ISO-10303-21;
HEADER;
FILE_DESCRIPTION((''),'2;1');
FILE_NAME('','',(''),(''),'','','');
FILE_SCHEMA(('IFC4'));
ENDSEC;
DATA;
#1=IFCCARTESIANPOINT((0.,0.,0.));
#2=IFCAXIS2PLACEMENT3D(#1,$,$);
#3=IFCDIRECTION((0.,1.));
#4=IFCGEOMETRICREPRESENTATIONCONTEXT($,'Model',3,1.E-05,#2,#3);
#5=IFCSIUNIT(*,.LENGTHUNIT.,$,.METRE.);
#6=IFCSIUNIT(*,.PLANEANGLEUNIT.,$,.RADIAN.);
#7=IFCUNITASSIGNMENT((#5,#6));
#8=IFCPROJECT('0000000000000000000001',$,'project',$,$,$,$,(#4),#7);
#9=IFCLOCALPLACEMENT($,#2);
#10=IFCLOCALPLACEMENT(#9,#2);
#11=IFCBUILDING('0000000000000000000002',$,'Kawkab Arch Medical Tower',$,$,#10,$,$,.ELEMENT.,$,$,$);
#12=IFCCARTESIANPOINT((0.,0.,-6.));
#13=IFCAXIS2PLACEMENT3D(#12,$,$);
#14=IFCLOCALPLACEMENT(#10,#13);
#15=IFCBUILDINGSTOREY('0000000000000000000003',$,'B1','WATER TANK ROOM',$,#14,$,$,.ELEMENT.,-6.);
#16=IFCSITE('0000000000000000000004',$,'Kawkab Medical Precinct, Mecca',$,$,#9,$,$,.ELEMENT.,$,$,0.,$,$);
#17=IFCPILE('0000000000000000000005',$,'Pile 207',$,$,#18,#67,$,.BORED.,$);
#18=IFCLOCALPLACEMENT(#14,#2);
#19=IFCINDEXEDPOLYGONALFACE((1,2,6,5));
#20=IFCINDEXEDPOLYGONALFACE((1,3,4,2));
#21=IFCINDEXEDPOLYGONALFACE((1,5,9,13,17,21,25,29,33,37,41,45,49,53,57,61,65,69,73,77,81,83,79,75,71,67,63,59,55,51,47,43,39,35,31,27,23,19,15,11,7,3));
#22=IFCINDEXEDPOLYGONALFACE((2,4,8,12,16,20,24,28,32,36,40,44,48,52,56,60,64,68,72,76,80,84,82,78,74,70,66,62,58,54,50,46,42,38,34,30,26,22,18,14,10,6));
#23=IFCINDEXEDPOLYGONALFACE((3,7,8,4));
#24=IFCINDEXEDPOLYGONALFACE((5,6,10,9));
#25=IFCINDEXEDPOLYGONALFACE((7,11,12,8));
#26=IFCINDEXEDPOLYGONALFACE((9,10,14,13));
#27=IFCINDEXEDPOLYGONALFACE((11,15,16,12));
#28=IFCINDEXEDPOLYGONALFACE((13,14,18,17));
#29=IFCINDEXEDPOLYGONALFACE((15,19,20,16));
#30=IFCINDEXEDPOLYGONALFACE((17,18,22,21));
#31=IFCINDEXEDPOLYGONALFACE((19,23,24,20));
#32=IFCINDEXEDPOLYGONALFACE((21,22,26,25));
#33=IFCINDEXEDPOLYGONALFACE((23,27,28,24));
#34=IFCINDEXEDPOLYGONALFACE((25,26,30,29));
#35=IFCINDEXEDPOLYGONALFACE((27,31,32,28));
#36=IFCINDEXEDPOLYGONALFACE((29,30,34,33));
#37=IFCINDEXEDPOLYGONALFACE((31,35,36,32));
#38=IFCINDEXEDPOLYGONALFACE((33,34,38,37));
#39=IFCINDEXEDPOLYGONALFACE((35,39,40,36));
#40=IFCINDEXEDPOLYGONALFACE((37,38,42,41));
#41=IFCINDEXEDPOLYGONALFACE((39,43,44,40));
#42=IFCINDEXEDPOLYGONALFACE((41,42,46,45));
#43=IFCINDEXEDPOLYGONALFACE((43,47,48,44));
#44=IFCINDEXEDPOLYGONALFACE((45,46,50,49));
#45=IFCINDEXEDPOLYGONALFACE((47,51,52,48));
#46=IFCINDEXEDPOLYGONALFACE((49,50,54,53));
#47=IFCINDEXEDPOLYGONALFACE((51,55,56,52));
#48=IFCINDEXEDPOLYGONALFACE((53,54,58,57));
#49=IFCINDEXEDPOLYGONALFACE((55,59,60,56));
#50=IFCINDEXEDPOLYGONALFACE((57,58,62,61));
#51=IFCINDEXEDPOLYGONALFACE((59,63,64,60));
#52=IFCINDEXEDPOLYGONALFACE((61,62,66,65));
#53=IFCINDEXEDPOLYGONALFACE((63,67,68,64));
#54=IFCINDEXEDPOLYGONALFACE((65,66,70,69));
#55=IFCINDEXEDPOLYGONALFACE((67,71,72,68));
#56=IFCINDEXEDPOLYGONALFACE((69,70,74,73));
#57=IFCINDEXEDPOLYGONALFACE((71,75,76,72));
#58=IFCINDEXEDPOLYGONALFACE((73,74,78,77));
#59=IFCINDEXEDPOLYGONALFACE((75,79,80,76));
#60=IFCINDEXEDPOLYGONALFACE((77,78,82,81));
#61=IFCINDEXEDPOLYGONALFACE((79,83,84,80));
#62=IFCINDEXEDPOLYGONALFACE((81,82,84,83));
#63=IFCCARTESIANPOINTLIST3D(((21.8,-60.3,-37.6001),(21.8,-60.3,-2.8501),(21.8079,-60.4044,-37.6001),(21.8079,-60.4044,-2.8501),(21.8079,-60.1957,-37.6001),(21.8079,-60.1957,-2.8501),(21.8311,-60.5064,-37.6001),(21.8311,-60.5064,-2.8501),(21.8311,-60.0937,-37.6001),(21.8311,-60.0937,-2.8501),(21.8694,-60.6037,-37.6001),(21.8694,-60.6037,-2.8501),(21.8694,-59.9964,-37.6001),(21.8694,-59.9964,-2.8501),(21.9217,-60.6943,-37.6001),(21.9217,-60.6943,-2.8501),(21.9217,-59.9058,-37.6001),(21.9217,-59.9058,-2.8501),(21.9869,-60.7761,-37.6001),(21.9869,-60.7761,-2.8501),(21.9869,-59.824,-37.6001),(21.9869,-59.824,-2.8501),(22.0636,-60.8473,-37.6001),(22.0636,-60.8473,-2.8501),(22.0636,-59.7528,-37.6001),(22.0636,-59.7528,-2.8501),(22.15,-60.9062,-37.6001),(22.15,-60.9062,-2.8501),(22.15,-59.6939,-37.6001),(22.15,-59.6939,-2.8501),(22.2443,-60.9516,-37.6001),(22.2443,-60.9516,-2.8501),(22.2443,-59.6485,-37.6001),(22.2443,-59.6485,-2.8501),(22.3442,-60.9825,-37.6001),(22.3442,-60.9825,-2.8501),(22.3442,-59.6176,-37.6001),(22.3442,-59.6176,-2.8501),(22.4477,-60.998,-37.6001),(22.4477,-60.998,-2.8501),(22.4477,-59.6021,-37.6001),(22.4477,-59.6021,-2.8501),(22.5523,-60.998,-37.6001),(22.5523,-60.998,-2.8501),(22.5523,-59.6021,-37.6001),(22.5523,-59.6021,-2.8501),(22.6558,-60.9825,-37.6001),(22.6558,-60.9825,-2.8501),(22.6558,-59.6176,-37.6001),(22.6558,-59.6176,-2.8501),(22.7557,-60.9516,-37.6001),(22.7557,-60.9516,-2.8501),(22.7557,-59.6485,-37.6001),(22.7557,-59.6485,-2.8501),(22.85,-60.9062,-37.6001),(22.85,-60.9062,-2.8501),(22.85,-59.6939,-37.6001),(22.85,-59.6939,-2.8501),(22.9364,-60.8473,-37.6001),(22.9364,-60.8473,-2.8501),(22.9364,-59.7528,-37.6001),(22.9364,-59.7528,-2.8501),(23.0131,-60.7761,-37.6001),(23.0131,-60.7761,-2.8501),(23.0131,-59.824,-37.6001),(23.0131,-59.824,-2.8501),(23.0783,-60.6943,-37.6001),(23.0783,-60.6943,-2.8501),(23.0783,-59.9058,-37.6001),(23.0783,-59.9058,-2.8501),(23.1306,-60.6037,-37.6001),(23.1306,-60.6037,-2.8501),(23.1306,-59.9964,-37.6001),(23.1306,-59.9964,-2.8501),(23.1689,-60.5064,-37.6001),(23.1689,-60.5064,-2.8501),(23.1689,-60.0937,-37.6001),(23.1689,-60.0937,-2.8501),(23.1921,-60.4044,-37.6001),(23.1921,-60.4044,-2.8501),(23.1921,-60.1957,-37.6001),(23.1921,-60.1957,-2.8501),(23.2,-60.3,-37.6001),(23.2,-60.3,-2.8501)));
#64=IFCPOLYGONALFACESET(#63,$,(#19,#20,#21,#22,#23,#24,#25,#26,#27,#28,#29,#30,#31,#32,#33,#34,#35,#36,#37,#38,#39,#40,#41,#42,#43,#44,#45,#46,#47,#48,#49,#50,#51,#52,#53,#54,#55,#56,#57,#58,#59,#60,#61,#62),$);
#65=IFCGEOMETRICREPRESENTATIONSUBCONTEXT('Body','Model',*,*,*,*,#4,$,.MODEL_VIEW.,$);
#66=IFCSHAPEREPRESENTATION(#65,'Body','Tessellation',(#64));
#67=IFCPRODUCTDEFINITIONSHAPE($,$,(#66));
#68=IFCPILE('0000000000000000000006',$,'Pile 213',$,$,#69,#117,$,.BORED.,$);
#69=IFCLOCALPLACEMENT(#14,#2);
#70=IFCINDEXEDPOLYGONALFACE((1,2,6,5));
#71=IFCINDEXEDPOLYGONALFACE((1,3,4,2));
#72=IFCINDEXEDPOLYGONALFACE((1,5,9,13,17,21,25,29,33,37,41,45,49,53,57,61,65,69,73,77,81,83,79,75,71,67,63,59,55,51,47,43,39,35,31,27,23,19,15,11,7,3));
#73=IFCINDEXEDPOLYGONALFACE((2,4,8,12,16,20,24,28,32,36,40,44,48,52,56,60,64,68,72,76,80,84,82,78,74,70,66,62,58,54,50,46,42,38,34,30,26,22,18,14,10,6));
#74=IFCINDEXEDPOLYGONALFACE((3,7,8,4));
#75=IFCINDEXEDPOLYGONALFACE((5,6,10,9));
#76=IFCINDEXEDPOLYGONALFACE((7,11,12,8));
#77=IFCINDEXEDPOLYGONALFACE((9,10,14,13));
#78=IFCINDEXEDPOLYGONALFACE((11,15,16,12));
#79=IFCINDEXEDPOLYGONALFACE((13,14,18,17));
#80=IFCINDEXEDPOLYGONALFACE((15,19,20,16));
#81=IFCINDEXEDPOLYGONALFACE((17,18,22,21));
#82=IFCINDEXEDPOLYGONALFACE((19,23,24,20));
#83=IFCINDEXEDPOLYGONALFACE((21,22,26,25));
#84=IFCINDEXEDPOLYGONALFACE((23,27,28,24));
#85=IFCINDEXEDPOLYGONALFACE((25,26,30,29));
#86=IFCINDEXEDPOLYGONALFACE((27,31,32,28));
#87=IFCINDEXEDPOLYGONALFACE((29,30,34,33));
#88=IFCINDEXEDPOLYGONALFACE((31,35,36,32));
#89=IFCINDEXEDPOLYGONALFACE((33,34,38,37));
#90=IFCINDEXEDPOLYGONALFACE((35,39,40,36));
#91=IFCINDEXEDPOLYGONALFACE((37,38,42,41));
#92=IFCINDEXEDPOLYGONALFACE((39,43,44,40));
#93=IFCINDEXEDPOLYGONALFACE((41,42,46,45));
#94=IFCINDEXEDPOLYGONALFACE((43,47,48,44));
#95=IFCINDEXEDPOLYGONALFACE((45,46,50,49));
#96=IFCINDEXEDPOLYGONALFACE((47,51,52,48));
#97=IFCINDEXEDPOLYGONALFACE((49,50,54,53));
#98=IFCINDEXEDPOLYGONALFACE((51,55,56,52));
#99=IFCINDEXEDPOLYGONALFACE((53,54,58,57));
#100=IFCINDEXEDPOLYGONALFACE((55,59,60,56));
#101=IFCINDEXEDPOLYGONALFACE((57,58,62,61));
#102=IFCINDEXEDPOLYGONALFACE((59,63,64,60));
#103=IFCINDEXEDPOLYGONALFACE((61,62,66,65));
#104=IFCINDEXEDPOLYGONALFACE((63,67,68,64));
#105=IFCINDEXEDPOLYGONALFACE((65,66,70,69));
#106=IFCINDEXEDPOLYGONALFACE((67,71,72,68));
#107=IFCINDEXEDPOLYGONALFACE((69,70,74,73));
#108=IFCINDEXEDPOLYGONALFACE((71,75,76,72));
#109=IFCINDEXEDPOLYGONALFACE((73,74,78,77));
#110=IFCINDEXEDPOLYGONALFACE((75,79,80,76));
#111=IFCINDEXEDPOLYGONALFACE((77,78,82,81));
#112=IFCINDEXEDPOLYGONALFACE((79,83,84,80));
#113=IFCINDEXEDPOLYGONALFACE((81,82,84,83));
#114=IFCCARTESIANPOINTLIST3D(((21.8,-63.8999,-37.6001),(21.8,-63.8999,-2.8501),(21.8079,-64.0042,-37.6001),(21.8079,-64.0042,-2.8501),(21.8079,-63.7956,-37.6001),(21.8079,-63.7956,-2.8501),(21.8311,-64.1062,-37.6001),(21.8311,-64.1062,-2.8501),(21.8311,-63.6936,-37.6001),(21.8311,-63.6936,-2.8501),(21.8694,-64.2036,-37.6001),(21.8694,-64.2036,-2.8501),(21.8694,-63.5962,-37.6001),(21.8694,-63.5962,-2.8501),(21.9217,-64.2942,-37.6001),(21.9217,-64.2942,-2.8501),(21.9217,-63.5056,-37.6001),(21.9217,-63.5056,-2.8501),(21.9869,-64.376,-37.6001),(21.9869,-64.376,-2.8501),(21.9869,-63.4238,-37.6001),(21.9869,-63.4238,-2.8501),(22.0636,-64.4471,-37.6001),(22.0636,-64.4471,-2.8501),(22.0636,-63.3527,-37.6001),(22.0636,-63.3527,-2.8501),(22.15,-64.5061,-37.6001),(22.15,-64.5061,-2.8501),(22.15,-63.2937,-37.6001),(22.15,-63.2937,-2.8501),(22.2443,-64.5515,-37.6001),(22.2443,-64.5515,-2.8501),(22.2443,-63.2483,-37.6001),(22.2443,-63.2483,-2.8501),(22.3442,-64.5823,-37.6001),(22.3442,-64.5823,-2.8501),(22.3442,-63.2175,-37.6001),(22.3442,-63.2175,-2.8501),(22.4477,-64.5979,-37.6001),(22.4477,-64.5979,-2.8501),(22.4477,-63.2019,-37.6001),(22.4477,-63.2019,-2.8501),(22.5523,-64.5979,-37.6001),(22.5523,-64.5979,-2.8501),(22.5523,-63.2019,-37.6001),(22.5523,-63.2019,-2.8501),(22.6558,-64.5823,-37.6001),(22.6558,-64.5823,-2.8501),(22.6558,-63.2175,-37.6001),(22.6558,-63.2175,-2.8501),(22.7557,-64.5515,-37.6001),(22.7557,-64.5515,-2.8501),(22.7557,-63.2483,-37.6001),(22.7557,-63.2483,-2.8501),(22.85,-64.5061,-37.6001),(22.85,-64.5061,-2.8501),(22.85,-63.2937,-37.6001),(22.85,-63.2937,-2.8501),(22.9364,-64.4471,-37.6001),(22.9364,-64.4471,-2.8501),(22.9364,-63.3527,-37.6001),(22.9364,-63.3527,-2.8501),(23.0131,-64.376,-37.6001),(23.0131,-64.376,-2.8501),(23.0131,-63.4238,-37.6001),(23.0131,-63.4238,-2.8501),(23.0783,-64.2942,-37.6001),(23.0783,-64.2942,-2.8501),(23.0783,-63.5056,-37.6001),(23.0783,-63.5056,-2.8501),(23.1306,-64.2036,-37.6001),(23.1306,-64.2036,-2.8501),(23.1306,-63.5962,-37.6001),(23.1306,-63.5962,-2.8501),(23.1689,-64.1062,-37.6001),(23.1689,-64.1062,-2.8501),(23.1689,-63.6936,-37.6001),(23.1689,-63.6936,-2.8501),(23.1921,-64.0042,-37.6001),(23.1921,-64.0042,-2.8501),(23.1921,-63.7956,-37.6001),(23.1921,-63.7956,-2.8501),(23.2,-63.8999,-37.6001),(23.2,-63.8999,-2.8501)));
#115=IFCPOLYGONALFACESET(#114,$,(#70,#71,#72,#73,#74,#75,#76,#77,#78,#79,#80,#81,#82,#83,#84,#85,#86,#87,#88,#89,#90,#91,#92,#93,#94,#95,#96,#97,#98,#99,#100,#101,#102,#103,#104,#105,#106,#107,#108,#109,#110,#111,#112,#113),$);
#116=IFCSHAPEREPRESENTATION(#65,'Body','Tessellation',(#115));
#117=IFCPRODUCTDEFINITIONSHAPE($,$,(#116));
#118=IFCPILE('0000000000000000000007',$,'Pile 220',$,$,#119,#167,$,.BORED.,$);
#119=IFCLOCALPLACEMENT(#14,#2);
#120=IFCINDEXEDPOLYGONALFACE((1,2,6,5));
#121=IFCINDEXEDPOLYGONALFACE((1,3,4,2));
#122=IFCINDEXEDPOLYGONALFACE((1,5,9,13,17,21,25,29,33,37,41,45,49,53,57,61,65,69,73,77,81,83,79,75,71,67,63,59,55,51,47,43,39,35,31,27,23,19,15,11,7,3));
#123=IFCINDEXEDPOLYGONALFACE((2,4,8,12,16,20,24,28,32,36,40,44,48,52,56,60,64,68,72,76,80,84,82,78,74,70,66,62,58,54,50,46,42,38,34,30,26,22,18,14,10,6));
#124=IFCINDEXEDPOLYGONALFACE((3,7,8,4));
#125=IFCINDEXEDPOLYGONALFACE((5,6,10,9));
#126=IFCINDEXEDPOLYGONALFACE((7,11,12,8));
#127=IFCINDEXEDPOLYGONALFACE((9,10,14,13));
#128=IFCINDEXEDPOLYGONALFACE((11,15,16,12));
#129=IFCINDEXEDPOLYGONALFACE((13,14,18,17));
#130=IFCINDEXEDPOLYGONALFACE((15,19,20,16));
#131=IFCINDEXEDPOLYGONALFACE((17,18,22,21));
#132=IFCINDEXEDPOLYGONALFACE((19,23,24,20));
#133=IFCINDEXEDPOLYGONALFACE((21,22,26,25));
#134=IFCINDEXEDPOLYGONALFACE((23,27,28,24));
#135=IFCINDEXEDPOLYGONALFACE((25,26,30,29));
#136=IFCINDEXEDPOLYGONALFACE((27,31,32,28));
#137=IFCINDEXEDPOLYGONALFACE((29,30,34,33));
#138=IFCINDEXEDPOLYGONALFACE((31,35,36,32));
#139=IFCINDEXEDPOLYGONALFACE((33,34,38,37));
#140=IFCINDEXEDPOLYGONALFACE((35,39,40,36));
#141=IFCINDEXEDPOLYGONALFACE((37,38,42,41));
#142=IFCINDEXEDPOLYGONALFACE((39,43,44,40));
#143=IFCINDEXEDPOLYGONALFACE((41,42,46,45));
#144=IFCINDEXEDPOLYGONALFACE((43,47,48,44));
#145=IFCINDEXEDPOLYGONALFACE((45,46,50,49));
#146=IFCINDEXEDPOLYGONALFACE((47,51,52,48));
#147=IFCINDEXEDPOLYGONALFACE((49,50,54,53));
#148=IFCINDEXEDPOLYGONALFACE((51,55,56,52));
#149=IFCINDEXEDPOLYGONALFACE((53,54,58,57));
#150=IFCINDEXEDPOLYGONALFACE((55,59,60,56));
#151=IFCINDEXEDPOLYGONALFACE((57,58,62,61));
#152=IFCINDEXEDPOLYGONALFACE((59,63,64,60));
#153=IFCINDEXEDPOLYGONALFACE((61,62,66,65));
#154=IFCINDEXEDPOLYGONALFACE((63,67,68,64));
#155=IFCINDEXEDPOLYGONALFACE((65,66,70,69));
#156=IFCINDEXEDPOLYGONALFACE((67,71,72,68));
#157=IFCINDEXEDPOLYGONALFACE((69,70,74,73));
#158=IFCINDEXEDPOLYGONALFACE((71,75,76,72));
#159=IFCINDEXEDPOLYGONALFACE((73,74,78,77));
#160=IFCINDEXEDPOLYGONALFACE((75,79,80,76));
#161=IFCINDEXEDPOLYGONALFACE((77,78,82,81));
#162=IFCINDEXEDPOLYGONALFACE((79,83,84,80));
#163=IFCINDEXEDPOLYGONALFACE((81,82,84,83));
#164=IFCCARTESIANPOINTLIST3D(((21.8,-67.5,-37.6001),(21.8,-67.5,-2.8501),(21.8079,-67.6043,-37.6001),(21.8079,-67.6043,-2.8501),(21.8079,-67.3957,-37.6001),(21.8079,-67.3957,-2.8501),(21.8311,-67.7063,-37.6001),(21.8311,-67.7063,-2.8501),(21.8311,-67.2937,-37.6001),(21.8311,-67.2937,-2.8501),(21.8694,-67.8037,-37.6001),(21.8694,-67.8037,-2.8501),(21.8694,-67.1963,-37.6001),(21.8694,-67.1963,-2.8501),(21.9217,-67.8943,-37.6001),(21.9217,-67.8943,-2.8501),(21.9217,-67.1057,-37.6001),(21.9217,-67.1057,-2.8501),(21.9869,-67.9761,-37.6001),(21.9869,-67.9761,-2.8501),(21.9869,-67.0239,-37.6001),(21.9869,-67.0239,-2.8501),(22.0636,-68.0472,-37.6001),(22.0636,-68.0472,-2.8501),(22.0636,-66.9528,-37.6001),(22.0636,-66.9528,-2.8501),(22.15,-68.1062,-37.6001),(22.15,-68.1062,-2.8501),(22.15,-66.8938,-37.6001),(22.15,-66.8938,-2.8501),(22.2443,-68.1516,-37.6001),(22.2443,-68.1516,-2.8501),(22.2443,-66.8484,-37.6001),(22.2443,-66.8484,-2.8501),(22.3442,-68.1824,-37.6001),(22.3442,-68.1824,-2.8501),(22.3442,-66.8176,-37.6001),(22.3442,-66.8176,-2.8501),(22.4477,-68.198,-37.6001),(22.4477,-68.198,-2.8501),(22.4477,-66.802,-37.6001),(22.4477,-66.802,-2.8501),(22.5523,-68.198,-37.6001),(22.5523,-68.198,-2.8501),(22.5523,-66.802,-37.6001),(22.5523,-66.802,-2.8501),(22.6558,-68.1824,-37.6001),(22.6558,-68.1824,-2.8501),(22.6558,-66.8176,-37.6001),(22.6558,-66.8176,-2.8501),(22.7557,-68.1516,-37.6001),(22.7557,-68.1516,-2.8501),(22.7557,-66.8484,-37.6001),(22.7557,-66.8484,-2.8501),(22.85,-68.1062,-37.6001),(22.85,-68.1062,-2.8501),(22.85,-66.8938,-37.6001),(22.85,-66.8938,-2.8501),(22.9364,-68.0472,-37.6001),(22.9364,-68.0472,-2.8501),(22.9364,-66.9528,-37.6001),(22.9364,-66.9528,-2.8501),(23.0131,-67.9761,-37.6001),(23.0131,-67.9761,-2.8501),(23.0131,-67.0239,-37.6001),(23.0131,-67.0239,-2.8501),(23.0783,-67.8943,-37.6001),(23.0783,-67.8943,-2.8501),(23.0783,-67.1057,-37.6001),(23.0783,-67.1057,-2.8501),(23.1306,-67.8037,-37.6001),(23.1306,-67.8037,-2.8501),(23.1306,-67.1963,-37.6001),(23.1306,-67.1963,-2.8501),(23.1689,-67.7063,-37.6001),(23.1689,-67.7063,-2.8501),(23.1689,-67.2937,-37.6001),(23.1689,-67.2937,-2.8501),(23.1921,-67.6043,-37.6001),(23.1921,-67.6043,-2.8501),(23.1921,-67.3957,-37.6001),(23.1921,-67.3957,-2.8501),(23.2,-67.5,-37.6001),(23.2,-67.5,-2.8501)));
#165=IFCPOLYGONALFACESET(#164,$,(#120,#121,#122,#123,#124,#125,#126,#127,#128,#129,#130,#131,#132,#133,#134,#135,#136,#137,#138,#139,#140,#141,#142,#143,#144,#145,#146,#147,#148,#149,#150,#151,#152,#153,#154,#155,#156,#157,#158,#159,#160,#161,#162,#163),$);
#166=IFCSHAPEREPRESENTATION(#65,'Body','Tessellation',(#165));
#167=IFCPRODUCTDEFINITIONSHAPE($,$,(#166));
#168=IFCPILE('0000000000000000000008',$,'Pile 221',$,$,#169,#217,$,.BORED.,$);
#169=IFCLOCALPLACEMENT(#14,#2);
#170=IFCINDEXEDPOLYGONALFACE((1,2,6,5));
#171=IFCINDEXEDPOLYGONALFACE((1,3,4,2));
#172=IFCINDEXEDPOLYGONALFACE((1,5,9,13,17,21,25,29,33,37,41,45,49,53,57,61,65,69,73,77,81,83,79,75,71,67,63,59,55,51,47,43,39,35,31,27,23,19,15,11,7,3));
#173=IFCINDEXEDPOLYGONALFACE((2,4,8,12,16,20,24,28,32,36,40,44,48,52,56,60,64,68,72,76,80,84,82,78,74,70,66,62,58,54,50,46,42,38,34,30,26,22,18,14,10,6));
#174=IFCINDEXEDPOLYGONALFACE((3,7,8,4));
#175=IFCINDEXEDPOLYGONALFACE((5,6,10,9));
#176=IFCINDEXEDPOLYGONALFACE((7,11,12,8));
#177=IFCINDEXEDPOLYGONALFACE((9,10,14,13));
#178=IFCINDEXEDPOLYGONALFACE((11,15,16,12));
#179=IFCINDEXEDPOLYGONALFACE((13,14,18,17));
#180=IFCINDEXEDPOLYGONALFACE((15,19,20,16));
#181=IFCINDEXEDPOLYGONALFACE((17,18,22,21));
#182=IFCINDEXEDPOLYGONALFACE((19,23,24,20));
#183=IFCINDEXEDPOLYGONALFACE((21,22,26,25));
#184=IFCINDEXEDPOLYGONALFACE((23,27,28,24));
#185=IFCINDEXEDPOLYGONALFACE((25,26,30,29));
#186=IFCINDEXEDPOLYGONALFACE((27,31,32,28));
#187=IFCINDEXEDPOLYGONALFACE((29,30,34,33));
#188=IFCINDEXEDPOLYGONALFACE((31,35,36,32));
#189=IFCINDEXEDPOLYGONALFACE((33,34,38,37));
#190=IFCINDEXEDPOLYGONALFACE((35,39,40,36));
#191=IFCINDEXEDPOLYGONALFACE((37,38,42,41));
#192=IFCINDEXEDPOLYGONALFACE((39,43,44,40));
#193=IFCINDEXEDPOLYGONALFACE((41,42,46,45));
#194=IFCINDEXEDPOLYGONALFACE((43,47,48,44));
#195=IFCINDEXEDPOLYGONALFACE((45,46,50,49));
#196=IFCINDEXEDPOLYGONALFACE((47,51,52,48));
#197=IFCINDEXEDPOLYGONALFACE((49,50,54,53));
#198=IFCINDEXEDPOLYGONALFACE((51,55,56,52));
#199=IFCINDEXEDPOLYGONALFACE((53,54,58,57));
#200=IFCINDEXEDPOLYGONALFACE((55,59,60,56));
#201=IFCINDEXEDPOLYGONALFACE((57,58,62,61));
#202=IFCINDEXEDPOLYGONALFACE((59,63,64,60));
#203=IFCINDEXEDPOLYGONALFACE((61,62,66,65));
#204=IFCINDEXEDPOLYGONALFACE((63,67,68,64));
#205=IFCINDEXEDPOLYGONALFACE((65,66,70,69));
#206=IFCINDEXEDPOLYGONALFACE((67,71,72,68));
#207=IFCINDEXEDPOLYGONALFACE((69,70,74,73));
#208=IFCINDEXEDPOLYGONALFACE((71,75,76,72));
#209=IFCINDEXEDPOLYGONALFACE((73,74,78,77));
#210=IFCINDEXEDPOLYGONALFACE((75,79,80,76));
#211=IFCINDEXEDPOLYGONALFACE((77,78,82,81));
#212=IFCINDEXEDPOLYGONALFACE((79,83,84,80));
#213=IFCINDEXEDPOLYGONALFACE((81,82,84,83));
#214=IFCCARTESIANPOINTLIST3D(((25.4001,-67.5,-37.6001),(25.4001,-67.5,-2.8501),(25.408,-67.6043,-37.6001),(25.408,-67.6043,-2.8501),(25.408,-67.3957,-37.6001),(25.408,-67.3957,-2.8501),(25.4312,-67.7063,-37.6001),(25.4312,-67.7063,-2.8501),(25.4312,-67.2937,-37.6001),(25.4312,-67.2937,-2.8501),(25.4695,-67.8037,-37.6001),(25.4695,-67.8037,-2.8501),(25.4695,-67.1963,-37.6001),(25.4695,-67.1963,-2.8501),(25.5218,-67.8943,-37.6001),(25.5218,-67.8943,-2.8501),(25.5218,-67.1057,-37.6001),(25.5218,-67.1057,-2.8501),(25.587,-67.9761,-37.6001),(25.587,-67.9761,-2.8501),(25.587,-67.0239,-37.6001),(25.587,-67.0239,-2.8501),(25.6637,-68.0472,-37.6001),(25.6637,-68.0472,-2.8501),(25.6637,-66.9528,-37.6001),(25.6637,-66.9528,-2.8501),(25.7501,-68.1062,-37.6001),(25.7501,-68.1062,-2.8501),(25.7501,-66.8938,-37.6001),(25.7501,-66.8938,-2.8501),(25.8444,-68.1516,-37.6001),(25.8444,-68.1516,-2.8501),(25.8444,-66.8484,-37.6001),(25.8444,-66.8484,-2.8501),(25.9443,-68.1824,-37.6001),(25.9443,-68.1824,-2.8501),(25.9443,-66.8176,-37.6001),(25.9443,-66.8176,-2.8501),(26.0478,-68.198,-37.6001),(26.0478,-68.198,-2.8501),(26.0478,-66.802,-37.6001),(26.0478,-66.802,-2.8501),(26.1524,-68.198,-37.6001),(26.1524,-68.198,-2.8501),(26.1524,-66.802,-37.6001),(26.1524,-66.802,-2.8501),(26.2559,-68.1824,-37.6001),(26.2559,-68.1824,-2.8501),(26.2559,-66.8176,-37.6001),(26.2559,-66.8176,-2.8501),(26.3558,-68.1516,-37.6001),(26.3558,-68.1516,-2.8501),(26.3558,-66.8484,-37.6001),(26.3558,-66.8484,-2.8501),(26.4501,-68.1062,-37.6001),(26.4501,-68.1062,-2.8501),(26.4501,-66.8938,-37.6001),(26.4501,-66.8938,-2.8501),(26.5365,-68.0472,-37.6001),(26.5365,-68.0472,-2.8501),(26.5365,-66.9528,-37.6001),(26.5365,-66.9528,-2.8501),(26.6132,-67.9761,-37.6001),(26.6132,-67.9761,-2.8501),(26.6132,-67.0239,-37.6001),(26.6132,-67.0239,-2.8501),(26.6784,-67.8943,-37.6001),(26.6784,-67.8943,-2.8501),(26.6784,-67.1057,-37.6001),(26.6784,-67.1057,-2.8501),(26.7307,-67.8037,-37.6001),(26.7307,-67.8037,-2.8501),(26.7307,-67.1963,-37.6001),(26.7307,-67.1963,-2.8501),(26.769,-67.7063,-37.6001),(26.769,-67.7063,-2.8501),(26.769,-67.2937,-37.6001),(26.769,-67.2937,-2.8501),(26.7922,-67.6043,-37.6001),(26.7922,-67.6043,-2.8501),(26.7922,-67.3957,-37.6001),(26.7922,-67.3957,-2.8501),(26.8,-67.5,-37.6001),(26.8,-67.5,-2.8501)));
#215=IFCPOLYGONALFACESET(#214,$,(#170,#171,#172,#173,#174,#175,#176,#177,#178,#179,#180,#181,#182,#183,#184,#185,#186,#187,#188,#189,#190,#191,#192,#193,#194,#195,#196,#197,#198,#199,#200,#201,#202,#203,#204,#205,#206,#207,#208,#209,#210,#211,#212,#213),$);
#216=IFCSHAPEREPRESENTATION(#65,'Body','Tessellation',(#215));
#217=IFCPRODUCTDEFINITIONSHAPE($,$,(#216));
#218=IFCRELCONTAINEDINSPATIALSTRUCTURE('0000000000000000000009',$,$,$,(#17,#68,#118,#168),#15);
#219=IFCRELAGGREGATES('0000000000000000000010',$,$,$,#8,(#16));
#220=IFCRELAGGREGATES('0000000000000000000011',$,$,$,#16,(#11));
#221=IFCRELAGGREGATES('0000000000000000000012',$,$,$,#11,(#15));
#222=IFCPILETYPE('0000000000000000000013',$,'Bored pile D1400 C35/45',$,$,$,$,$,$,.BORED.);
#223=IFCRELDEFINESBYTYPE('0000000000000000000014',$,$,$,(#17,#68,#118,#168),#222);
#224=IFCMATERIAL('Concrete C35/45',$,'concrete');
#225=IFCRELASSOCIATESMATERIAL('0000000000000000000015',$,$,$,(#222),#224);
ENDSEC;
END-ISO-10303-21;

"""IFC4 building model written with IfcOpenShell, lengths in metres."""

from ifc_helpers import new_model, si_unit, direction, frame, origin, origin_2d, place, context, subcontext, project, spatial, circle, extrude, material, material_profile, profile_set, type_object, element, save


model = new_model("IFC4")

# Units and contexts
model_context = context("Model", 3, precision=1e-05, world=origin(), true_north=direction((0.0, 1.0)))
body_context = subcontext(model_context, "Body", "Model", "MODEL_VIEW")
ifc_project = project(units=[si_unit("LENGTHUNIT", "METRE"), si_unit("PLANEANGLEUNIT", "RADIAN")], contexts=[model_context])

# Site, building, storey
site_placement = place(None, origin())
site = spatial("IfcSite", under=ifc_project, at=site_placement, Name="Kawkab Medical Precinct, Mecca", CompositionType="ELEMENT", RefElevation=0.0)
building_placement = place(site_placement, origin())
building = spatial("IfcBuilding", under=site, at=building_placement, Name="Kawkab Arch Medical Tower", CompositionType="ELEMENT")
storey_placement = place(building_placement, frame((0.0, 0.0, -6.0)))
storey = spatial("IfcBuildingStorey", under=building, at=storey_placement, Name="B1", Description="WATER TANK ROOM", CompositionType="ELEMENT", Elevation=-6.0)

# Piles
ifc_material_1 = material(Name="Concrete C35/45", Category="concrete")
ifc_material_profile_1 = material_profile(ifc_material_1, circle(Radius=0.7, at=origin_2d()), Name="Bored pile D1400")
ifc_profile_set_1 = profile_set([ifc_material_profile_1], Name="Concrete C35/45")
pile_type_1 = type_object("IfcPileType", Name="Bored pile D1400 C35/45", PredefinedType="BORED", material=ifc_profile_set_1)
for number, where, z_axis, x_axis, name in (
    (1, (22.5, -60.3, -2.8501), (0.0, 0.0, -1.0), (1.0, 0.0, 0.0), "Pile 207"),
    (2, (22.5, -63.8999, -2.8501), (0.0, 0.0, -1.0), (1.0, 0.0, 0.0), "Pile 213"),
    (3, (22.5, -67.5, -2.8501), (0.0, 0.0, -1.0), (1.0, 0.0, 0.0), "Pile 220"),
    (4, (26.1001, -67.5, -2.8501), (0.0, 0.0, -1.0), (1.0, 0.0, 0.0), "Pile 221"),
):
    element("IfcPile", number, at=place(storey_placement, frame(where, z_axis=z_axis, x_axis=x_axis)), inside=storey, type_object=pile_type_1, Name=name, PredefinedType="BORED", context=body_context, shape_type="SweptSolid", body=[
        extrude(circle(Radius=0.7, at=origin_2d()), origin(), (0.0, 0.0, 1.0), 34.75),
    ])

save(model, "model.ifc")
